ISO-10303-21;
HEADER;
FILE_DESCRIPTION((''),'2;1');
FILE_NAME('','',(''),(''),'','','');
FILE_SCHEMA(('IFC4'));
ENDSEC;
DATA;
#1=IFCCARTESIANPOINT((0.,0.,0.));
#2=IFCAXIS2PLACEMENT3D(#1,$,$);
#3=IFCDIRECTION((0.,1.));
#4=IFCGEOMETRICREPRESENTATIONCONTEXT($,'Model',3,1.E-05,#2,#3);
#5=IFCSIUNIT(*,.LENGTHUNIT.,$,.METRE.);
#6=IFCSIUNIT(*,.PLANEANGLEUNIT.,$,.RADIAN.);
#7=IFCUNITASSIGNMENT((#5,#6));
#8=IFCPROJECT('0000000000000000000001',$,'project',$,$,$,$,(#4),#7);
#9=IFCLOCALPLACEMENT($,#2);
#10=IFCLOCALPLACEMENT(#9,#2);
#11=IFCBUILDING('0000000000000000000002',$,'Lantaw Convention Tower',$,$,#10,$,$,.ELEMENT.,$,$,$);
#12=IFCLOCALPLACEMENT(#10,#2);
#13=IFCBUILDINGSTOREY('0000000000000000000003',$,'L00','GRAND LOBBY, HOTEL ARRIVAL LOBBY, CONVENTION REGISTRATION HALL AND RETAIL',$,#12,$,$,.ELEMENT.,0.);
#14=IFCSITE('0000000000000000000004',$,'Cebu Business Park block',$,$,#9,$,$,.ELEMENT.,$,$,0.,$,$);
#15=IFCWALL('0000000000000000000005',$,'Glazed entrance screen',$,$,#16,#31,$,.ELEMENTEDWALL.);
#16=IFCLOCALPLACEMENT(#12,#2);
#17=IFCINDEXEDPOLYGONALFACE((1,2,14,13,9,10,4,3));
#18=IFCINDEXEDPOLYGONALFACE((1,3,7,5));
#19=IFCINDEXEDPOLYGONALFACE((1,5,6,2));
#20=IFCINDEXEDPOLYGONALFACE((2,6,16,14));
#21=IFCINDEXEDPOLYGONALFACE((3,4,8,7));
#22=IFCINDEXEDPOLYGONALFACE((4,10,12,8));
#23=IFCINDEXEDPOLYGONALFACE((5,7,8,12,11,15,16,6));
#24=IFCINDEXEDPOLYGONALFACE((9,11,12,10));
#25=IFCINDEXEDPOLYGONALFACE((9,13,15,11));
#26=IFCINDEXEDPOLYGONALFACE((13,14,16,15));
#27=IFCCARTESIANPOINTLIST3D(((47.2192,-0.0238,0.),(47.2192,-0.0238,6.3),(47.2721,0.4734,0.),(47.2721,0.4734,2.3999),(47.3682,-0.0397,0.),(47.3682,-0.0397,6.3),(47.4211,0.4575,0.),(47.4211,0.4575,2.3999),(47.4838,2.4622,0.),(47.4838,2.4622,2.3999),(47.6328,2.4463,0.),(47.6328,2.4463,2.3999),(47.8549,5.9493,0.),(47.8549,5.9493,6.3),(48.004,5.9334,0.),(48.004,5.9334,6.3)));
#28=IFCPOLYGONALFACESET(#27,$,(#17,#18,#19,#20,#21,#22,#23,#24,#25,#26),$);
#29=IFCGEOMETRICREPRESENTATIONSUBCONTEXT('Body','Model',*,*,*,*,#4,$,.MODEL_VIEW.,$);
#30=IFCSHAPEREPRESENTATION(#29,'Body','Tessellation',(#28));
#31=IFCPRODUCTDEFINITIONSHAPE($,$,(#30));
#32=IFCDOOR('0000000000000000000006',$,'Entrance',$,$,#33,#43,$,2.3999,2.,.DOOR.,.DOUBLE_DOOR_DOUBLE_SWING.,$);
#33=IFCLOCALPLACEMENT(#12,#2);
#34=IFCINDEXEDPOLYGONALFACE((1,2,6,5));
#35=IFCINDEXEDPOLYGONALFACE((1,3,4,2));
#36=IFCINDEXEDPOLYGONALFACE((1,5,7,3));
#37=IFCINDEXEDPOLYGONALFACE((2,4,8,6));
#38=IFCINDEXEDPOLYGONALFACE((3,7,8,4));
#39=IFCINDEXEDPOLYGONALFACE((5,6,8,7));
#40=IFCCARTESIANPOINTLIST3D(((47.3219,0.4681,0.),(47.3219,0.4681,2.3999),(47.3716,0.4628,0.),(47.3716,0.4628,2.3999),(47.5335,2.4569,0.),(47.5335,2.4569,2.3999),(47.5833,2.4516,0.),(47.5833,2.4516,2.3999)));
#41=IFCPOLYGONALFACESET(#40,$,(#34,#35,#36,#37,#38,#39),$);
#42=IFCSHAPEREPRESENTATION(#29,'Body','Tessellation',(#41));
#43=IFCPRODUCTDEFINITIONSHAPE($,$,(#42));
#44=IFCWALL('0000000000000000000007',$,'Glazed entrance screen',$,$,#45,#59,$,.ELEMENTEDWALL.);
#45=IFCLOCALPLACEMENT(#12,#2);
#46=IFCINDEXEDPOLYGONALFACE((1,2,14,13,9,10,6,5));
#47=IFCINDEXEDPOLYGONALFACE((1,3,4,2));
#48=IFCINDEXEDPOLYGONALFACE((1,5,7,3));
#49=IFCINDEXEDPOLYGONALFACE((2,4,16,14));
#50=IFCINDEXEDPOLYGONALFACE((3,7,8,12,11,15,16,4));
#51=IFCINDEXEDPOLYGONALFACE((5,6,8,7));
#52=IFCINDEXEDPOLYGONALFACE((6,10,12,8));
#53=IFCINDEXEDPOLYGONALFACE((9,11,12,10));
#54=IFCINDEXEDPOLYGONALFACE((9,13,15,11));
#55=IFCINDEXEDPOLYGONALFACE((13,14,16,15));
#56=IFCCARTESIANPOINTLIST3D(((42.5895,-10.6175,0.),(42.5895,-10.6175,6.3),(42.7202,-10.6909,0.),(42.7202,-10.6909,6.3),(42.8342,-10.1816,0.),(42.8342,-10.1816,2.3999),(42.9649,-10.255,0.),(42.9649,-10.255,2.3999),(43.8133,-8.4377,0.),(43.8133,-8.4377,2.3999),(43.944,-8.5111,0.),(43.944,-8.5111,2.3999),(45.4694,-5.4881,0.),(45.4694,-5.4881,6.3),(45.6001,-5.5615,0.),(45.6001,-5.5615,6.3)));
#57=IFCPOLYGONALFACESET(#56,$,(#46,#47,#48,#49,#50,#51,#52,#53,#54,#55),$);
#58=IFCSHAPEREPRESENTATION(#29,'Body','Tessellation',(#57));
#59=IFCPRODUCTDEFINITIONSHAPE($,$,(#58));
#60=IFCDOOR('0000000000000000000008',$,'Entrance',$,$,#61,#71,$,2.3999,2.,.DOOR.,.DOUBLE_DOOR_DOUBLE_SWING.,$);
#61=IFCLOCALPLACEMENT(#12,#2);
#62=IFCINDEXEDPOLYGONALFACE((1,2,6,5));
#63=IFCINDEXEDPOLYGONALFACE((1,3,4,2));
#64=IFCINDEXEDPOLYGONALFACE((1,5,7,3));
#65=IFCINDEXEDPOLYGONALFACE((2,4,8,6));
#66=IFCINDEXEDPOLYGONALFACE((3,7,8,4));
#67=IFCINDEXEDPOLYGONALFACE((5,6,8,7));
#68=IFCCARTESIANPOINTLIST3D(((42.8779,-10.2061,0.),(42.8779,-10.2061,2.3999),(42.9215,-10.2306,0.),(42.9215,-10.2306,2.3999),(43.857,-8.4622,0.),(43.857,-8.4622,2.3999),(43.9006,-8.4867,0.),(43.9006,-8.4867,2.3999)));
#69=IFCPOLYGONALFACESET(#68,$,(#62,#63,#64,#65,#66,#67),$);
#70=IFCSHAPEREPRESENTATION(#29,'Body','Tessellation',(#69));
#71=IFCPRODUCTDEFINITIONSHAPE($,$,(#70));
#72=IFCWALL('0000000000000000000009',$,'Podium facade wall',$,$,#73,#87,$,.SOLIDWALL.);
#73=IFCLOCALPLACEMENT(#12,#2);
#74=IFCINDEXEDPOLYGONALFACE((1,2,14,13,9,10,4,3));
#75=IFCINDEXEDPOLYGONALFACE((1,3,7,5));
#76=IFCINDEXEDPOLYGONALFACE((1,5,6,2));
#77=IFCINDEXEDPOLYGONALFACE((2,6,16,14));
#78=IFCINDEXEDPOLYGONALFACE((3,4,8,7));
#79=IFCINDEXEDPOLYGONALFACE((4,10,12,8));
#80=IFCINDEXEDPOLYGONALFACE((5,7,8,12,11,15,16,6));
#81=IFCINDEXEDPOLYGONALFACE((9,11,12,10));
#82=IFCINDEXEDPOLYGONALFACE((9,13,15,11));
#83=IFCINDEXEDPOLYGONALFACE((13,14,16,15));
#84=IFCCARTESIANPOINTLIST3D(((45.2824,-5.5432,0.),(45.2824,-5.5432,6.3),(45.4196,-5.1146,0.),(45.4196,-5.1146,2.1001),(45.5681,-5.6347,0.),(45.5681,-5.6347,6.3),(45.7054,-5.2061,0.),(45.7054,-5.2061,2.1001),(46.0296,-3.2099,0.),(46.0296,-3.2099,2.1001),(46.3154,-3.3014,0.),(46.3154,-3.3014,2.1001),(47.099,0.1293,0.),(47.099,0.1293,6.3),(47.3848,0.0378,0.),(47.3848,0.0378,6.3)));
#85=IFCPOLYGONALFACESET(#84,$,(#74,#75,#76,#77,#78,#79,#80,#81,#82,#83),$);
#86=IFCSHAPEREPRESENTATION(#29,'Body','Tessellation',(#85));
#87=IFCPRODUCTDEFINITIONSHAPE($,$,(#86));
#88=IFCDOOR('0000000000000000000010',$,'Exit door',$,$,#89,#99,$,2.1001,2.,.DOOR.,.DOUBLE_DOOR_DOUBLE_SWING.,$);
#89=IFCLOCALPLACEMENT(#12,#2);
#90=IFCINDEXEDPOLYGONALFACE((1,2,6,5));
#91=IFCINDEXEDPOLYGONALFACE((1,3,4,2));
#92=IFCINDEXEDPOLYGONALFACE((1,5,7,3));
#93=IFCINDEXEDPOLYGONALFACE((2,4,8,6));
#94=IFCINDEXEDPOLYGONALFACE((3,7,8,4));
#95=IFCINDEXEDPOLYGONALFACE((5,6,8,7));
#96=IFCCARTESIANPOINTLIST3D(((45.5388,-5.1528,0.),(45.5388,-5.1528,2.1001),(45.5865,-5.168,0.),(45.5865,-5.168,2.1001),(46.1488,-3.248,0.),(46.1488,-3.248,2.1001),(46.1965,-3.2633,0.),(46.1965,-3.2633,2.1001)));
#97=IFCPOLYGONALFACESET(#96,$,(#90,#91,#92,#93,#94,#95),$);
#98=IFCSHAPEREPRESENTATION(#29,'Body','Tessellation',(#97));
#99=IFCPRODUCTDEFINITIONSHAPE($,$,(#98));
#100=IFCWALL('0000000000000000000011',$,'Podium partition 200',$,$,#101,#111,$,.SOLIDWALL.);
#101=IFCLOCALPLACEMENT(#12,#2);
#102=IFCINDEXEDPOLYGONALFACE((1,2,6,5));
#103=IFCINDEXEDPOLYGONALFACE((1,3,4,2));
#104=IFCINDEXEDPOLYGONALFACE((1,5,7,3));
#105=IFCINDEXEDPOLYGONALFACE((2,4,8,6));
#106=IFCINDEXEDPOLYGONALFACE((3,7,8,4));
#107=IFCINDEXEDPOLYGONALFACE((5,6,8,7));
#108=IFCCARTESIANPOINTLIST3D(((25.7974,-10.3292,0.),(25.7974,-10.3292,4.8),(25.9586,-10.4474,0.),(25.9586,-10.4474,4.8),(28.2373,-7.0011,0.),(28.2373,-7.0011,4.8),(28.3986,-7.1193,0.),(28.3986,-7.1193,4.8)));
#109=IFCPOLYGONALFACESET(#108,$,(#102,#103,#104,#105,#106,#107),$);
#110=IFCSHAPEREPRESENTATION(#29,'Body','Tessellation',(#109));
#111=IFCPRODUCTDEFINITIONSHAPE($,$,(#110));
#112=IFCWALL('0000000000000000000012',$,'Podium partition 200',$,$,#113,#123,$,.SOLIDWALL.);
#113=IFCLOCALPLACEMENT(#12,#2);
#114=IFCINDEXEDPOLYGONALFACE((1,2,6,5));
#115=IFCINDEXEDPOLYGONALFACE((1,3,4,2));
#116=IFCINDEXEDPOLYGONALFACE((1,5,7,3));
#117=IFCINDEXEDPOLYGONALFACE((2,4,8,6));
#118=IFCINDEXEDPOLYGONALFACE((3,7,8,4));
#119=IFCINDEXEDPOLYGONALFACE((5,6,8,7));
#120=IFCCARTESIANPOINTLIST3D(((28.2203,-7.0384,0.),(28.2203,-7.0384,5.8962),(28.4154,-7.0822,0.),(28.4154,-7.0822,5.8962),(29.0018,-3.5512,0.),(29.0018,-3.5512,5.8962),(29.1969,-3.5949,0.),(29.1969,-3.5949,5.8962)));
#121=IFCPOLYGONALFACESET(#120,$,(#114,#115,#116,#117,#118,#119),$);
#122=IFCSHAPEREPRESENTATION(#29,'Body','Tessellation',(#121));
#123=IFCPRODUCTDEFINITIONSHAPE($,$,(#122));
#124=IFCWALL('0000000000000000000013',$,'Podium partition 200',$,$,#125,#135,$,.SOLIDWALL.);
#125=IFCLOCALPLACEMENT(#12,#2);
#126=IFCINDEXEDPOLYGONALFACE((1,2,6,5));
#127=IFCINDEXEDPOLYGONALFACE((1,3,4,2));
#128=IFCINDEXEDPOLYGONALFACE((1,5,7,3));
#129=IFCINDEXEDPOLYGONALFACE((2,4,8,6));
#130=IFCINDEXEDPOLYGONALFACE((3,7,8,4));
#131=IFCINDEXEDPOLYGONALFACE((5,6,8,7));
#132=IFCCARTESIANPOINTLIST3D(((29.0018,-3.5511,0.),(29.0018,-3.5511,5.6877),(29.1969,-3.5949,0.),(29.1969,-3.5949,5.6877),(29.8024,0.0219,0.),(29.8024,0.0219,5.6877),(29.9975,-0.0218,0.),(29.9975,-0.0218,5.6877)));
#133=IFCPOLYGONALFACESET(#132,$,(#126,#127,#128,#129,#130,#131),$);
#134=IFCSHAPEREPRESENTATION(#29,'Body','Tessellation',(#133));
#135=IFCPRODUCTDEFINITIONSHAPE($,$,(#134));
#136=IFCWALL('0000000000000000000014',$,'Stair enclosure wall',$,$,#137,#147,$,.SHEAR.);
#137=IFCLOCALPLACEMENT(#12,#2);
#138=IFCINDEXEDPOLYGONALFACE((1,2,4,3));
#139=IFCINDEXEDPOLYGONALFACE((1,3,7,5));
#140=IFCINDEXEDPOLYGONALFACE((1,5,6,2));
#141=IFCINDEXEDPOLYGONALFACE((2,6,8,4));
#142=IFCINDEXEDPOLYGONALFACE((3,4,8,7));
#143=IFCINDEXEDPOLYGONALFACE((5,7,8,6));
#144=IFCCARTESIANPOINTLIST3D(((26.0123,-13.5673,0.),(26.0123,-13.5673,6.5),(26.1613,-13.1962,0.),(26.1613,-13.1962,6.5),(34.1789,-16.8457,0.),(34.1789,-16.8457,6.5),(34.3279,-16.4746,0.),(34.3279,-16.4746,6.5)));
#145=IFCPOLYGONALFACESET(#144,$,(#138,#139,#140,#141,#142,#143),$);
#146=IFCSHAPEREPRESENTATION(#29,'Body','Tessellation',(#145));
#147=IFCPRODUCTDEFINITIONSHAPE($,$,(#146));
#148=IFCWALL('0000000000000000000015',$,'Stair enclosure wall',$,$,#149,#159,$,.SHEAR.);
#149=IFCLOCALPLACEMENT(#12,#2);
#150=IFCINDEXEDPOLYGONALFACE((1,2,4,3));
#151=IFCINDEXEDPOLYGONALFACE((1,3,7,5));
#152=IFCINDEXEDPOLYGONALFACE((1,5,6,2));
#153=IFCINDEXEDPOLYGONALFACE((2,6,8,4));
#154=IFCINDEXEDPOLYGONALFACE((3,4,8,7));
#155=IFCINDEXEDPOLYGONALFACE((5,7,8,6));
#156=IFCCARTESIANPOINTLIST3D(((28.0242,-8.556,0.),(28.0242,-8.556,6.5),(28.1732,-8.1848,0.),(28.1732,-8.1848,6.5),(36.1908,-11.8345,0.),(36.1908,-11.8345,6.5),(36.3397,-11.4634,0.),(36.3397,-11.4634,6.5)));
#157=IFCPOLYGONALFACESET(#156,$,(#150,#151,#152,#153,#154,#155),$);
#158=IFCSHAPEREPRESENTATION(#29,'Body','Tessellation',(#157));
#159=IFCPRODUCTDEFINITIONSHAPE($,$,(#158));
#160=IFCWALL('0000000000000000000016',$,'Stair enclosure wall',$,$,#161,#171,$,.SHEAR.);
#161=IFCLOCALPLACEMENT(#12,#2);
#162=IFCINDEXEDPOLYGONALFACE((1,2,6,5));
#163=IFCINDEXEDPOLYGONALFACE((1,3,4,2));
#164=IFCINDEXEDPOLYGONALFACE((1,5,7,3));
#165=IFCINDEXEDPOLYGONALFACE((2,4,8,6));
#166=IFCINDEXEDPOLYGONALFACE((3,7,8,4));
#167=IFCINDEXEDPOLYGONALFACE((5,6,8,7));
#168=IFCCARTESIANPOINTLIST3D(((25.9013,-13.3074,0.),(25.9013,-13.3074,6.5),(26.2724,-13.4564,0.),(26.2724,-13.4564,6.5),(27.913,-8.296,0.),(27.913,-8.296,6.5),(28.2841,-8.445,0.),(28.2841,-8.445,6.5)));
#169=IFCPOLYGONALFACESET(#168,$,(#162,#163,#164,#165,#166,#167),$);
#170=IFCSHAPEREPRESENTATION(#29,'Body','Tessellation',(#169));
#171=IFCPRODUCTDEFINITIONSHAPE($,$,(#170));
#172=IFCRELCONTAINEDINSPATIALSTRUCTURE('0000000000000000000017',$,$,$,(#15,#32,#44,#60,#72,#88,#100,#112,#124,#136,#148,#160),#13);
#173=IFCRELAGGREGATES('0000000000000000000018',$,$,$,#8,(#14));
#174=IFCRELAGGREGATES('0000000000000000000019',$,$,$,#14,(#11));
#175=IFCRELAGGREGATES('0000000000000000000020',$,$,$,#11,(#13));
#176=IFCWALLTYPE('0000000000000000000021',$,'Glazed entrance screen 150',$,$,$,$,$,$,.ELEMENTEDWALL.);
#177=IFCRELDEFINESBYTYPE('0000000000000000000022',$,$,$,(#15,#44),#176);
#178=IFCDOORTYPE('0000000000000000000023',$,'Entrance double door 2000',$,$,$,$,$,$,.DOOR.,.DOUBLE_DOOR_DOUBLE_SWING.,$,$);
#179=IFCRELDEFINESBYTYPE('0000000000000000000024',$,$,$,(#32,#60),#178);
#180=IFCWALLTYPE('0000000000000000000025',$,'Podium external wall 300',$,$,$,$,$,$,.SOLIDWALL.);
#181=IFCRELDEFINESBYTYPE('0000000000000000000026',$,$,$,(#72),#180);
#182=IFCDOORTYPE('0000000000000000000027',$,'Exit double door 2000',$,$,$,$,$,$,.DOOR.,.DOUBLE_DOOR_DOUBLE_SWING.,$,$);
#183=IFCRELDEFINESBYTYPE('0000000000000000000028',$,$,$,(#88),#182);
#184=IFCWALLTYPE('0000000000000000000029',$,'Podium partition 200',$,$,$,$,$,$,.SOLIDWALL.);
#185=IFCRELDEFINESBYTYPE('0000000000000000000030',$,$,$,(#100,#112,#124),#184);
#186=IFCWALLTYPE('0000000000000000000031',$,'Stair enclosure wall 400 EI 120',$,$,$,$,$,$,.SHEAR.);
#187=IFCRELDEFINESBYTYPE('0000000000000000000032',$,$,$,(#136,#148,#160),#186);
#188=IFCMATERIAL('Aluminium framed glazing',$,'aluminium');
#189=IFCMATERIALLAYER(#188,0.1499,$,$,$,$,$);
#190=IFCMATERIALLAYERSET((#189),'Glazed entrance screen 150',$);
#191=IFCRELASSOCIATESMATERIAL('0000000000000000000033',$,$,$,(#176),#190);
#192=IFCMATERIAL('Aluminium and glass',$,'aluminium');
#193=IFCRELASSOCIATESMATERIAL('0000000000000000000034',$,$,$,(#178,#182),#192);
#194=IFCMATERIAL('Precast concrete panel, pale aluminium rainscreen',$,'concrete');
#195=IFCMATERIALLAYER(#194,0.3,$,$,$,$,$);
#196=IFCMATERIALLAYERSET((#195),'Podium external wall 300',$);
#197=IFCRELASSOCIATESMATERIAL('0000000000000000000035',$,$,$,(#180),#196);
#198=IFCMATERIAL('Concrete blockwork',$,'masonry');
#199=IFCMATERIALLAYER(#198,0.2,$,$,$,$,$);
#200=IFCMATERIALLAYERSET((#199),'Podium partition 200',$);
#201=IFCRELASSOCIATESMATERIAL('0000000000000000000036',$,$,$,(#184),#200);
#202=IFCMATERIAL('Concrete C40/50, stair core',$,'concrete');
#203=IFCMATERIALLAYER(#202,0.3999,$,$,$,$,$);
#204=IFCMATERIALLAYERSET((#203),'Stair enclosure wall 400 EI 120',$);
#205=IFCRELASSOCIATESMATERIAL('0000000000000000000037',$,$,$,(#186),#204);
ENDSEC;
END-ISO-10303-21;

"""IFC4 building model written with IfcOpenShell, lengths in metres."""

from ifc_helpers import new_model, si_unit, direction, frame, frame_2d, origin, place, context, subcontext, project, spatial, rectangle, extrude, material, layer, layer_set, type_object, element, fill, save


model = new_model("IFC4")

# Units and contexts
model_context = context("Model", 3, precision=1e-05, world=origin(), true_north=direction((0.0, 1.0)))
body_context = subcontext(model_context, "Body", "Model", "MODEL_VIEW")
ifc_project = project(units=[si_unit("LENGTHUNIT", "METRE"), si_unit("PLANEANGLEUNIT", "RADIAN")], contexts=[model_context])

# Site, building, storey
site_placement = place(None, origin())
site = spatial("IfcSite", under=ifc_project, at=site_placement, Name="Cebu Business Park block", CompositionType="ELEMENT", RefElevation=0.0)
building_placement = place(site_placement, origin())
building = spatial("IfcBuilding", under=site, at=building_placement, Name="Lantaw Convention Tower", CompositionType="ELEMENT")
storey_placement = place(building_placement, origin())
storey = spatial("IfcBuildingStorey", under=building, at=storey_placement, Name="L00", Description="GRAND LOBBY, HOTEL ARRIVAL LOBBY, CONVENTION REGISTRATION HALL AND RETAIL", CompositionType="ELEMENT", Elevation=0.0)

# Walls, openings, doors
ifc_material_1 = material(Name="Aluminium framed glazing", Category="aluminium")
ifc_layer_1 = layer(ifc_material_1, 0.1499)
ifc_layer_set_1 = layer_set([ifc_layer_1], Name="Glazed entrance screen 150")
wall_type_1 = type_object("IfcWallType", Name="Glazed entrance screen 150", PredefinedType="ELEMENTEDWALL", material=ifc_layer_set_1)
wall_1_placement = place(storey_placement, frame((47.2937, -0.0317, 0.0), z_axis=(0.0, 0.0, 1.0), x_axis=(0.105836, 0.994384, 0.0)))
wall_1 = element("IfcWall", 1, at=wall_1_placement, inside=storey, type_object=wall_type_1, Name="Glazed entrance screen", PredefinedType="ELEMENTEDWALL", context=body_context, shape_type="SweptSolid", body=[
    extrude(rectangle(XDim=6.0068, YDim=0.1499, at=frame_2d((3.0034, 0.0))), origin(), (0.0, 0.0, 1.0), 6.3),
])
opening_1_placement = place(wall_1_placement, frame((0.5, 0.0, 0.0)))
opening_1 = element("IfcOpeningElement", 2, at=opening_1_placement, cuts=wall_1, PredefinedType="OPENING", context=body_context, shape_type="SweptSolid", body=[
    extrude(rectangle(XDim=2.0, YDim=2.3999, at=frame_2d((1.0, 1.2))), frame((0.0, 0.085, 0.0), z_axis=(0.0, -1.0, 0.0), x_axis=(1.0, 0.0, 0.0)), (0.0, 0.0, 1.0), 0.1699),
])
ifc_material_2 = material(Name="Aluminium and glass", Category="aluminium")
door_type_1 = type_object("IfcDoorType", Name="Entrance double door 2000", OperationType="DOUBLE_DOOR_DOUBLE_SWING", PredefinedType="DOOR", material=ifc_material_2)
door_1_placement = place(opening_1_placement, origin())
door_1 = element("IfcDoor", 3, at=door_1_placement, inside=storey, type_object=door_type_1, Name="Entrance", OperationType="DOUBLE_DOOR_DOUBLE_SWING", OverallHeight=2.3999, OverallWidth=2.0, PredefinedType="DOOR", context=body_context, shape_type="SweptSolid", body=[
    extrude(rectangle(XDim=2.0, YDim=2.3999, at=frame_2d((1.0, 1.2))), frame((0.0, 0.0249, 0.0), z_axis=(0.0, -1.0, 0.0), x_axis=(1.0, 0.0, 0.0)), (0.0, 0.0, 1.0), 0.05),
])
fill(opening_1, door_1)
wall_2_placement = place(storey_placement, frame((42.6548, -10.6543, 0.0), z_axis=(0.0, 0.0, 1.0), x_axis=(0.489564, 0.871968, 0.0)))
wall_2 = element("IfcWall", 4, at=wall_2_placement, inside=storey, type_object=wall_type_1, Name="Glazed entrance screen", PredefinedType="ELEMENTEDWALL", context=body_context, shape_type="SweptSolid", body=[
    extrude(rectangle(XDim=5.8826, YDim=0.1499, at=frame_2d((2.9414, 0.0))), origin(), (0.0, 0.0, 1.0), 6.3),
])
opening_2_placement = place(wall_2_placement, frame((0.5, 0.0, 0.0)))
opening_2 = element("IfcOpeningElement", 5, at=opening_2_placement, cuts=wall_2, PredefinedType="OPENING", context=body_context, shape_type="SweptSolid", body=[
    extrude(rectangle(XDim=2.0, YDim=2.3999, at=frame_2d((1.0, 1.2))), frame((0.0, 0.085, 0.0), z_axis=(0.0, -1.0, 0.0), x_axis=(1.0, 0.0, 0.0)), (0.0, 0.0, 1.0), 0.1699),
])
door_2_placement = place(opening_2_placement, origin())
door_2 = element("IfcDoor", 6, at=door_2_placement, inside=storey, type_object=door_type_1, Name="Entrance", OperationType="DOUBLE_DOOR_DOUBLE_SWING", OverallHeight=2.3999, OverallWidth=2.0, PredefinedType="DOOR", context=body_context, shape_type="SweptSolid", body=[
    extrude(rectangle(XDim=2.0, YDim=2.3999, at=frame_2d((1.0, 1.2))), frame((0.0, 0.0249, 0.0), z_axis=(0.0, -1.0, 0.0), x_axis=(1.0, 0.0, 0.0)), (0.0, 0.0, 1.0), 0.05),
])
fill(opening_2, door_2)
ifc_material_3 = material(Name="Precast concrete panel, pale aluminium rainscreen", Category="concrete")
ifc_layer_2 = layer(ifc_material_3, 0.3)
ifc_layer_set_2 = layer_set([ifc_layer_2], Name="Podium external wall 300")
wall_type_2 = type_object("IfcWallType", Name="Podium external wall 300", PredefinedType="SOLIDWALL", material=ifc_layer_set_2)
wall_3_placement = place(storey_placement, frame((45.4253, -5.5889, 0.0), z_axis=(0.0, 0.0, 1.0), x_axis=(0.304991, 0.952355, 0.0)))
wall_3 = element("IfcWall", 7, at=wall_3_placement, inside=storey, type_object=wall_type_2, Name="Podium facade wall", PredefinedType="SOLIDWALL", context=body_context, shape_type="SweptSolid", body=[
    extrude(rectangle(XDim=5.9563, YDim=0.3, at=frame_2d((2.978, 0.0))), origin(), (0.0, 0.0, 1.0), 6.3),
])
opening_3_placement = place(wall_3_placement, frame((0.45, 0.0, 0.0)))
opening_3 = element("IfcOpeningElement", 8, at=opening_3_placement, cuts=wall_3, PredefinedType="OPENING", context=body_context, shape_type="SweptSolid", body=[
    extrude(rectangle(XDim=2.0, YDim=2.1001, at=frame_2d((1.0, 1.05))), frame((0.0, 0.1599, 0.0), z_axis=(0.0, -1.0, 0.0), x_axis=(1.0, 0.0, 0.0)), (0.0, 0.0, 1.0), 0.3201),
])
door_type_2 = type_object("IfcDoorType", Name="Exit double door 2000", OperationType="DOUBLE_DOOR_DOUBLE_SWING", PredefinedType="DOOR", material=ifc_material_2)
door_3_placement = place(opening_3_placement, origin())
door_3 = element("IfcDoor", 9, at=door_3_placement, inside=storey, type_object=door_type_2, Name="Exit door", OperationType="DOUBLE_DOOR_DOUBLE_SWING", OverallHeight=2.1001, OverallWidth=2.0, PredefinedType="DOOR", context=body_context, shape_type="SweptSolid", body=[
    extrude(rectangle(XDim=2.0, YDim=2.1001, at=frame_2d((1.0, 1.05))), frame((0.0, 0.0249, 0.0), z_axis=(0.0, -1.0, 0.0), x_axis=(1.0, 0.0, 0.0)), (0.0, 0.0, 1.0), 0.05),
])
fill(opening_3, door_3)

# Walls
ifc_material_4 = material(Name="Concrete blockwork", Category="masonry")
ifc_layer_3 = layer(ifc_material_4, 0.2)
ifc_layer_set_3 = layer_set([ifc_layer_3], Name="Podium partition 200")
wall_type_3 = type_object("IfcWallType", Name="Podium partition 200", PredefinedType="SOLIDWALL", material=ifc_layer_set_3)
wall_4_placement = place(storey_placement, frame((25.8779, -10.3884, 0.0), z_axis=(0.0, 0.0, 1.0), x_axis=(0.591256, 0.806484, 0.0)))
element("IfcWall", 10, at=wall_4_placement, inside=storey, type_object=wall_type_3, Name="Podium partition 200", PredefinedType="SOLIDWALL", context=body_context, shape_type="SweptSolid", body=[
    extrude(rectangle(XDim=4.1267, YDim=0.2, at=frame_2d((2.0635, 0.0))), origin(), (0.0, 0.0, 1.0), 4.8),
])
wall_5_placement = place(storey_placement, frame((28.3179, -7.0603, 0.0), z_axis=(0.0, 0.0, 1.0), x_axis=(0.218673, 0.975798, 0.0)))
element("IfcWall", 11, at=wall_5_placement, inside=storey, type_object=wall_type_3, Name="Podium partition 200", PredefinedType="SOLIDWALL", context=body_context, shape_type="SweptSolid", body=[
    extrude(rectangle(XDim=3.5737, YDim=0.2, at=frame_2d((1.7869, 0.0))), origin(), (0.0, 0.0, 1.0), 5.8962),
])
wall_6_placement = place(storey_placement, frame((29.0994, -3.573, 0.0), z_axis=(0.0, 0.0, 1.0), x_axis=(0.218632, 0.975807, 0.0)))
element("IfcWall", 12, at=wall_6_placement, inside=storey, type_object=wall_type_3, Name="Podium partition 200", PredefinedType="SOLIDWALL", context=body_context, shape_type="SweptSolid", body=[
    extrude(rectangle(XDim=3.6616, YDim=0.2, at=frame_2d((1.8308, 0.0))), origin(), (0.0, 0.0, 1.0), 5.6877),
])
ifc_material_5 = material(Name="Concrete C40/50, stair core", Category="concrete")
ifc_layer_4 = layer(ifc_material_5, 0.3999)
ifc_layer_set_4 = layer_set([ifc_layer_4], Name="Stair enclosure wall 400 EI 120")
wall_type_4 = type_object("IfcWallType", Name="Stair enclosure wall 400 EI 120", PredefinedType="SHEAR", material=ifc_layer_set_4)
for number, where, z_axis, x_axis, name in (
    (13, (26.0869, -13.3818, 0.0), (0.0, 0.0, 1.0), (0.928017, -0.372538, 0.0), "Stair enclosure wall"),
    (14, (36.2651, -11.6489, 0.0), (0.0, 0.0, 1.0), (-0.928007, 0.372562, 0.0), "Stair enclosure wall"),
):
    element("IfcWall", number, at=place(storey_placement, frame(where, z_axis=z_axis, x_axis=x_axis)), inside=storey, type_object=wall_type_4, Name=name, PredefinedType="SHEAR", context=body_context, shape_type="SweptSolid", body=[
        extrude(rectangle(XDim=8.8, YDim=0.3999, at=frame_2d((4.3999, 0.0))), origin(), (0.0, 0.0, 1.0), 6.5),
    ])
wall_7_placement = place(storey_placement, frame((28.0986, -8.3704, 0.0), z_axis=(0.0, 0.0, 1.0), x_axis=(-0.372528, -0.928021, 0.0)))
element("IfcWall", 15, at=wall_7_placement, inside=storey, type_object=wall_type_4, Name="Stair enclosure wall", PredefinedType="SHEAR", context=body_context, shape_type="SweptSolid", body=[
    extrude(rectangle(XDim=5.4001, YDim=0.3999, at=frame_2d((2.7002, 0.0))), origin(), (0.0, 0.0, 1.0), 6.5),
])

save(model, "model.ifc")
